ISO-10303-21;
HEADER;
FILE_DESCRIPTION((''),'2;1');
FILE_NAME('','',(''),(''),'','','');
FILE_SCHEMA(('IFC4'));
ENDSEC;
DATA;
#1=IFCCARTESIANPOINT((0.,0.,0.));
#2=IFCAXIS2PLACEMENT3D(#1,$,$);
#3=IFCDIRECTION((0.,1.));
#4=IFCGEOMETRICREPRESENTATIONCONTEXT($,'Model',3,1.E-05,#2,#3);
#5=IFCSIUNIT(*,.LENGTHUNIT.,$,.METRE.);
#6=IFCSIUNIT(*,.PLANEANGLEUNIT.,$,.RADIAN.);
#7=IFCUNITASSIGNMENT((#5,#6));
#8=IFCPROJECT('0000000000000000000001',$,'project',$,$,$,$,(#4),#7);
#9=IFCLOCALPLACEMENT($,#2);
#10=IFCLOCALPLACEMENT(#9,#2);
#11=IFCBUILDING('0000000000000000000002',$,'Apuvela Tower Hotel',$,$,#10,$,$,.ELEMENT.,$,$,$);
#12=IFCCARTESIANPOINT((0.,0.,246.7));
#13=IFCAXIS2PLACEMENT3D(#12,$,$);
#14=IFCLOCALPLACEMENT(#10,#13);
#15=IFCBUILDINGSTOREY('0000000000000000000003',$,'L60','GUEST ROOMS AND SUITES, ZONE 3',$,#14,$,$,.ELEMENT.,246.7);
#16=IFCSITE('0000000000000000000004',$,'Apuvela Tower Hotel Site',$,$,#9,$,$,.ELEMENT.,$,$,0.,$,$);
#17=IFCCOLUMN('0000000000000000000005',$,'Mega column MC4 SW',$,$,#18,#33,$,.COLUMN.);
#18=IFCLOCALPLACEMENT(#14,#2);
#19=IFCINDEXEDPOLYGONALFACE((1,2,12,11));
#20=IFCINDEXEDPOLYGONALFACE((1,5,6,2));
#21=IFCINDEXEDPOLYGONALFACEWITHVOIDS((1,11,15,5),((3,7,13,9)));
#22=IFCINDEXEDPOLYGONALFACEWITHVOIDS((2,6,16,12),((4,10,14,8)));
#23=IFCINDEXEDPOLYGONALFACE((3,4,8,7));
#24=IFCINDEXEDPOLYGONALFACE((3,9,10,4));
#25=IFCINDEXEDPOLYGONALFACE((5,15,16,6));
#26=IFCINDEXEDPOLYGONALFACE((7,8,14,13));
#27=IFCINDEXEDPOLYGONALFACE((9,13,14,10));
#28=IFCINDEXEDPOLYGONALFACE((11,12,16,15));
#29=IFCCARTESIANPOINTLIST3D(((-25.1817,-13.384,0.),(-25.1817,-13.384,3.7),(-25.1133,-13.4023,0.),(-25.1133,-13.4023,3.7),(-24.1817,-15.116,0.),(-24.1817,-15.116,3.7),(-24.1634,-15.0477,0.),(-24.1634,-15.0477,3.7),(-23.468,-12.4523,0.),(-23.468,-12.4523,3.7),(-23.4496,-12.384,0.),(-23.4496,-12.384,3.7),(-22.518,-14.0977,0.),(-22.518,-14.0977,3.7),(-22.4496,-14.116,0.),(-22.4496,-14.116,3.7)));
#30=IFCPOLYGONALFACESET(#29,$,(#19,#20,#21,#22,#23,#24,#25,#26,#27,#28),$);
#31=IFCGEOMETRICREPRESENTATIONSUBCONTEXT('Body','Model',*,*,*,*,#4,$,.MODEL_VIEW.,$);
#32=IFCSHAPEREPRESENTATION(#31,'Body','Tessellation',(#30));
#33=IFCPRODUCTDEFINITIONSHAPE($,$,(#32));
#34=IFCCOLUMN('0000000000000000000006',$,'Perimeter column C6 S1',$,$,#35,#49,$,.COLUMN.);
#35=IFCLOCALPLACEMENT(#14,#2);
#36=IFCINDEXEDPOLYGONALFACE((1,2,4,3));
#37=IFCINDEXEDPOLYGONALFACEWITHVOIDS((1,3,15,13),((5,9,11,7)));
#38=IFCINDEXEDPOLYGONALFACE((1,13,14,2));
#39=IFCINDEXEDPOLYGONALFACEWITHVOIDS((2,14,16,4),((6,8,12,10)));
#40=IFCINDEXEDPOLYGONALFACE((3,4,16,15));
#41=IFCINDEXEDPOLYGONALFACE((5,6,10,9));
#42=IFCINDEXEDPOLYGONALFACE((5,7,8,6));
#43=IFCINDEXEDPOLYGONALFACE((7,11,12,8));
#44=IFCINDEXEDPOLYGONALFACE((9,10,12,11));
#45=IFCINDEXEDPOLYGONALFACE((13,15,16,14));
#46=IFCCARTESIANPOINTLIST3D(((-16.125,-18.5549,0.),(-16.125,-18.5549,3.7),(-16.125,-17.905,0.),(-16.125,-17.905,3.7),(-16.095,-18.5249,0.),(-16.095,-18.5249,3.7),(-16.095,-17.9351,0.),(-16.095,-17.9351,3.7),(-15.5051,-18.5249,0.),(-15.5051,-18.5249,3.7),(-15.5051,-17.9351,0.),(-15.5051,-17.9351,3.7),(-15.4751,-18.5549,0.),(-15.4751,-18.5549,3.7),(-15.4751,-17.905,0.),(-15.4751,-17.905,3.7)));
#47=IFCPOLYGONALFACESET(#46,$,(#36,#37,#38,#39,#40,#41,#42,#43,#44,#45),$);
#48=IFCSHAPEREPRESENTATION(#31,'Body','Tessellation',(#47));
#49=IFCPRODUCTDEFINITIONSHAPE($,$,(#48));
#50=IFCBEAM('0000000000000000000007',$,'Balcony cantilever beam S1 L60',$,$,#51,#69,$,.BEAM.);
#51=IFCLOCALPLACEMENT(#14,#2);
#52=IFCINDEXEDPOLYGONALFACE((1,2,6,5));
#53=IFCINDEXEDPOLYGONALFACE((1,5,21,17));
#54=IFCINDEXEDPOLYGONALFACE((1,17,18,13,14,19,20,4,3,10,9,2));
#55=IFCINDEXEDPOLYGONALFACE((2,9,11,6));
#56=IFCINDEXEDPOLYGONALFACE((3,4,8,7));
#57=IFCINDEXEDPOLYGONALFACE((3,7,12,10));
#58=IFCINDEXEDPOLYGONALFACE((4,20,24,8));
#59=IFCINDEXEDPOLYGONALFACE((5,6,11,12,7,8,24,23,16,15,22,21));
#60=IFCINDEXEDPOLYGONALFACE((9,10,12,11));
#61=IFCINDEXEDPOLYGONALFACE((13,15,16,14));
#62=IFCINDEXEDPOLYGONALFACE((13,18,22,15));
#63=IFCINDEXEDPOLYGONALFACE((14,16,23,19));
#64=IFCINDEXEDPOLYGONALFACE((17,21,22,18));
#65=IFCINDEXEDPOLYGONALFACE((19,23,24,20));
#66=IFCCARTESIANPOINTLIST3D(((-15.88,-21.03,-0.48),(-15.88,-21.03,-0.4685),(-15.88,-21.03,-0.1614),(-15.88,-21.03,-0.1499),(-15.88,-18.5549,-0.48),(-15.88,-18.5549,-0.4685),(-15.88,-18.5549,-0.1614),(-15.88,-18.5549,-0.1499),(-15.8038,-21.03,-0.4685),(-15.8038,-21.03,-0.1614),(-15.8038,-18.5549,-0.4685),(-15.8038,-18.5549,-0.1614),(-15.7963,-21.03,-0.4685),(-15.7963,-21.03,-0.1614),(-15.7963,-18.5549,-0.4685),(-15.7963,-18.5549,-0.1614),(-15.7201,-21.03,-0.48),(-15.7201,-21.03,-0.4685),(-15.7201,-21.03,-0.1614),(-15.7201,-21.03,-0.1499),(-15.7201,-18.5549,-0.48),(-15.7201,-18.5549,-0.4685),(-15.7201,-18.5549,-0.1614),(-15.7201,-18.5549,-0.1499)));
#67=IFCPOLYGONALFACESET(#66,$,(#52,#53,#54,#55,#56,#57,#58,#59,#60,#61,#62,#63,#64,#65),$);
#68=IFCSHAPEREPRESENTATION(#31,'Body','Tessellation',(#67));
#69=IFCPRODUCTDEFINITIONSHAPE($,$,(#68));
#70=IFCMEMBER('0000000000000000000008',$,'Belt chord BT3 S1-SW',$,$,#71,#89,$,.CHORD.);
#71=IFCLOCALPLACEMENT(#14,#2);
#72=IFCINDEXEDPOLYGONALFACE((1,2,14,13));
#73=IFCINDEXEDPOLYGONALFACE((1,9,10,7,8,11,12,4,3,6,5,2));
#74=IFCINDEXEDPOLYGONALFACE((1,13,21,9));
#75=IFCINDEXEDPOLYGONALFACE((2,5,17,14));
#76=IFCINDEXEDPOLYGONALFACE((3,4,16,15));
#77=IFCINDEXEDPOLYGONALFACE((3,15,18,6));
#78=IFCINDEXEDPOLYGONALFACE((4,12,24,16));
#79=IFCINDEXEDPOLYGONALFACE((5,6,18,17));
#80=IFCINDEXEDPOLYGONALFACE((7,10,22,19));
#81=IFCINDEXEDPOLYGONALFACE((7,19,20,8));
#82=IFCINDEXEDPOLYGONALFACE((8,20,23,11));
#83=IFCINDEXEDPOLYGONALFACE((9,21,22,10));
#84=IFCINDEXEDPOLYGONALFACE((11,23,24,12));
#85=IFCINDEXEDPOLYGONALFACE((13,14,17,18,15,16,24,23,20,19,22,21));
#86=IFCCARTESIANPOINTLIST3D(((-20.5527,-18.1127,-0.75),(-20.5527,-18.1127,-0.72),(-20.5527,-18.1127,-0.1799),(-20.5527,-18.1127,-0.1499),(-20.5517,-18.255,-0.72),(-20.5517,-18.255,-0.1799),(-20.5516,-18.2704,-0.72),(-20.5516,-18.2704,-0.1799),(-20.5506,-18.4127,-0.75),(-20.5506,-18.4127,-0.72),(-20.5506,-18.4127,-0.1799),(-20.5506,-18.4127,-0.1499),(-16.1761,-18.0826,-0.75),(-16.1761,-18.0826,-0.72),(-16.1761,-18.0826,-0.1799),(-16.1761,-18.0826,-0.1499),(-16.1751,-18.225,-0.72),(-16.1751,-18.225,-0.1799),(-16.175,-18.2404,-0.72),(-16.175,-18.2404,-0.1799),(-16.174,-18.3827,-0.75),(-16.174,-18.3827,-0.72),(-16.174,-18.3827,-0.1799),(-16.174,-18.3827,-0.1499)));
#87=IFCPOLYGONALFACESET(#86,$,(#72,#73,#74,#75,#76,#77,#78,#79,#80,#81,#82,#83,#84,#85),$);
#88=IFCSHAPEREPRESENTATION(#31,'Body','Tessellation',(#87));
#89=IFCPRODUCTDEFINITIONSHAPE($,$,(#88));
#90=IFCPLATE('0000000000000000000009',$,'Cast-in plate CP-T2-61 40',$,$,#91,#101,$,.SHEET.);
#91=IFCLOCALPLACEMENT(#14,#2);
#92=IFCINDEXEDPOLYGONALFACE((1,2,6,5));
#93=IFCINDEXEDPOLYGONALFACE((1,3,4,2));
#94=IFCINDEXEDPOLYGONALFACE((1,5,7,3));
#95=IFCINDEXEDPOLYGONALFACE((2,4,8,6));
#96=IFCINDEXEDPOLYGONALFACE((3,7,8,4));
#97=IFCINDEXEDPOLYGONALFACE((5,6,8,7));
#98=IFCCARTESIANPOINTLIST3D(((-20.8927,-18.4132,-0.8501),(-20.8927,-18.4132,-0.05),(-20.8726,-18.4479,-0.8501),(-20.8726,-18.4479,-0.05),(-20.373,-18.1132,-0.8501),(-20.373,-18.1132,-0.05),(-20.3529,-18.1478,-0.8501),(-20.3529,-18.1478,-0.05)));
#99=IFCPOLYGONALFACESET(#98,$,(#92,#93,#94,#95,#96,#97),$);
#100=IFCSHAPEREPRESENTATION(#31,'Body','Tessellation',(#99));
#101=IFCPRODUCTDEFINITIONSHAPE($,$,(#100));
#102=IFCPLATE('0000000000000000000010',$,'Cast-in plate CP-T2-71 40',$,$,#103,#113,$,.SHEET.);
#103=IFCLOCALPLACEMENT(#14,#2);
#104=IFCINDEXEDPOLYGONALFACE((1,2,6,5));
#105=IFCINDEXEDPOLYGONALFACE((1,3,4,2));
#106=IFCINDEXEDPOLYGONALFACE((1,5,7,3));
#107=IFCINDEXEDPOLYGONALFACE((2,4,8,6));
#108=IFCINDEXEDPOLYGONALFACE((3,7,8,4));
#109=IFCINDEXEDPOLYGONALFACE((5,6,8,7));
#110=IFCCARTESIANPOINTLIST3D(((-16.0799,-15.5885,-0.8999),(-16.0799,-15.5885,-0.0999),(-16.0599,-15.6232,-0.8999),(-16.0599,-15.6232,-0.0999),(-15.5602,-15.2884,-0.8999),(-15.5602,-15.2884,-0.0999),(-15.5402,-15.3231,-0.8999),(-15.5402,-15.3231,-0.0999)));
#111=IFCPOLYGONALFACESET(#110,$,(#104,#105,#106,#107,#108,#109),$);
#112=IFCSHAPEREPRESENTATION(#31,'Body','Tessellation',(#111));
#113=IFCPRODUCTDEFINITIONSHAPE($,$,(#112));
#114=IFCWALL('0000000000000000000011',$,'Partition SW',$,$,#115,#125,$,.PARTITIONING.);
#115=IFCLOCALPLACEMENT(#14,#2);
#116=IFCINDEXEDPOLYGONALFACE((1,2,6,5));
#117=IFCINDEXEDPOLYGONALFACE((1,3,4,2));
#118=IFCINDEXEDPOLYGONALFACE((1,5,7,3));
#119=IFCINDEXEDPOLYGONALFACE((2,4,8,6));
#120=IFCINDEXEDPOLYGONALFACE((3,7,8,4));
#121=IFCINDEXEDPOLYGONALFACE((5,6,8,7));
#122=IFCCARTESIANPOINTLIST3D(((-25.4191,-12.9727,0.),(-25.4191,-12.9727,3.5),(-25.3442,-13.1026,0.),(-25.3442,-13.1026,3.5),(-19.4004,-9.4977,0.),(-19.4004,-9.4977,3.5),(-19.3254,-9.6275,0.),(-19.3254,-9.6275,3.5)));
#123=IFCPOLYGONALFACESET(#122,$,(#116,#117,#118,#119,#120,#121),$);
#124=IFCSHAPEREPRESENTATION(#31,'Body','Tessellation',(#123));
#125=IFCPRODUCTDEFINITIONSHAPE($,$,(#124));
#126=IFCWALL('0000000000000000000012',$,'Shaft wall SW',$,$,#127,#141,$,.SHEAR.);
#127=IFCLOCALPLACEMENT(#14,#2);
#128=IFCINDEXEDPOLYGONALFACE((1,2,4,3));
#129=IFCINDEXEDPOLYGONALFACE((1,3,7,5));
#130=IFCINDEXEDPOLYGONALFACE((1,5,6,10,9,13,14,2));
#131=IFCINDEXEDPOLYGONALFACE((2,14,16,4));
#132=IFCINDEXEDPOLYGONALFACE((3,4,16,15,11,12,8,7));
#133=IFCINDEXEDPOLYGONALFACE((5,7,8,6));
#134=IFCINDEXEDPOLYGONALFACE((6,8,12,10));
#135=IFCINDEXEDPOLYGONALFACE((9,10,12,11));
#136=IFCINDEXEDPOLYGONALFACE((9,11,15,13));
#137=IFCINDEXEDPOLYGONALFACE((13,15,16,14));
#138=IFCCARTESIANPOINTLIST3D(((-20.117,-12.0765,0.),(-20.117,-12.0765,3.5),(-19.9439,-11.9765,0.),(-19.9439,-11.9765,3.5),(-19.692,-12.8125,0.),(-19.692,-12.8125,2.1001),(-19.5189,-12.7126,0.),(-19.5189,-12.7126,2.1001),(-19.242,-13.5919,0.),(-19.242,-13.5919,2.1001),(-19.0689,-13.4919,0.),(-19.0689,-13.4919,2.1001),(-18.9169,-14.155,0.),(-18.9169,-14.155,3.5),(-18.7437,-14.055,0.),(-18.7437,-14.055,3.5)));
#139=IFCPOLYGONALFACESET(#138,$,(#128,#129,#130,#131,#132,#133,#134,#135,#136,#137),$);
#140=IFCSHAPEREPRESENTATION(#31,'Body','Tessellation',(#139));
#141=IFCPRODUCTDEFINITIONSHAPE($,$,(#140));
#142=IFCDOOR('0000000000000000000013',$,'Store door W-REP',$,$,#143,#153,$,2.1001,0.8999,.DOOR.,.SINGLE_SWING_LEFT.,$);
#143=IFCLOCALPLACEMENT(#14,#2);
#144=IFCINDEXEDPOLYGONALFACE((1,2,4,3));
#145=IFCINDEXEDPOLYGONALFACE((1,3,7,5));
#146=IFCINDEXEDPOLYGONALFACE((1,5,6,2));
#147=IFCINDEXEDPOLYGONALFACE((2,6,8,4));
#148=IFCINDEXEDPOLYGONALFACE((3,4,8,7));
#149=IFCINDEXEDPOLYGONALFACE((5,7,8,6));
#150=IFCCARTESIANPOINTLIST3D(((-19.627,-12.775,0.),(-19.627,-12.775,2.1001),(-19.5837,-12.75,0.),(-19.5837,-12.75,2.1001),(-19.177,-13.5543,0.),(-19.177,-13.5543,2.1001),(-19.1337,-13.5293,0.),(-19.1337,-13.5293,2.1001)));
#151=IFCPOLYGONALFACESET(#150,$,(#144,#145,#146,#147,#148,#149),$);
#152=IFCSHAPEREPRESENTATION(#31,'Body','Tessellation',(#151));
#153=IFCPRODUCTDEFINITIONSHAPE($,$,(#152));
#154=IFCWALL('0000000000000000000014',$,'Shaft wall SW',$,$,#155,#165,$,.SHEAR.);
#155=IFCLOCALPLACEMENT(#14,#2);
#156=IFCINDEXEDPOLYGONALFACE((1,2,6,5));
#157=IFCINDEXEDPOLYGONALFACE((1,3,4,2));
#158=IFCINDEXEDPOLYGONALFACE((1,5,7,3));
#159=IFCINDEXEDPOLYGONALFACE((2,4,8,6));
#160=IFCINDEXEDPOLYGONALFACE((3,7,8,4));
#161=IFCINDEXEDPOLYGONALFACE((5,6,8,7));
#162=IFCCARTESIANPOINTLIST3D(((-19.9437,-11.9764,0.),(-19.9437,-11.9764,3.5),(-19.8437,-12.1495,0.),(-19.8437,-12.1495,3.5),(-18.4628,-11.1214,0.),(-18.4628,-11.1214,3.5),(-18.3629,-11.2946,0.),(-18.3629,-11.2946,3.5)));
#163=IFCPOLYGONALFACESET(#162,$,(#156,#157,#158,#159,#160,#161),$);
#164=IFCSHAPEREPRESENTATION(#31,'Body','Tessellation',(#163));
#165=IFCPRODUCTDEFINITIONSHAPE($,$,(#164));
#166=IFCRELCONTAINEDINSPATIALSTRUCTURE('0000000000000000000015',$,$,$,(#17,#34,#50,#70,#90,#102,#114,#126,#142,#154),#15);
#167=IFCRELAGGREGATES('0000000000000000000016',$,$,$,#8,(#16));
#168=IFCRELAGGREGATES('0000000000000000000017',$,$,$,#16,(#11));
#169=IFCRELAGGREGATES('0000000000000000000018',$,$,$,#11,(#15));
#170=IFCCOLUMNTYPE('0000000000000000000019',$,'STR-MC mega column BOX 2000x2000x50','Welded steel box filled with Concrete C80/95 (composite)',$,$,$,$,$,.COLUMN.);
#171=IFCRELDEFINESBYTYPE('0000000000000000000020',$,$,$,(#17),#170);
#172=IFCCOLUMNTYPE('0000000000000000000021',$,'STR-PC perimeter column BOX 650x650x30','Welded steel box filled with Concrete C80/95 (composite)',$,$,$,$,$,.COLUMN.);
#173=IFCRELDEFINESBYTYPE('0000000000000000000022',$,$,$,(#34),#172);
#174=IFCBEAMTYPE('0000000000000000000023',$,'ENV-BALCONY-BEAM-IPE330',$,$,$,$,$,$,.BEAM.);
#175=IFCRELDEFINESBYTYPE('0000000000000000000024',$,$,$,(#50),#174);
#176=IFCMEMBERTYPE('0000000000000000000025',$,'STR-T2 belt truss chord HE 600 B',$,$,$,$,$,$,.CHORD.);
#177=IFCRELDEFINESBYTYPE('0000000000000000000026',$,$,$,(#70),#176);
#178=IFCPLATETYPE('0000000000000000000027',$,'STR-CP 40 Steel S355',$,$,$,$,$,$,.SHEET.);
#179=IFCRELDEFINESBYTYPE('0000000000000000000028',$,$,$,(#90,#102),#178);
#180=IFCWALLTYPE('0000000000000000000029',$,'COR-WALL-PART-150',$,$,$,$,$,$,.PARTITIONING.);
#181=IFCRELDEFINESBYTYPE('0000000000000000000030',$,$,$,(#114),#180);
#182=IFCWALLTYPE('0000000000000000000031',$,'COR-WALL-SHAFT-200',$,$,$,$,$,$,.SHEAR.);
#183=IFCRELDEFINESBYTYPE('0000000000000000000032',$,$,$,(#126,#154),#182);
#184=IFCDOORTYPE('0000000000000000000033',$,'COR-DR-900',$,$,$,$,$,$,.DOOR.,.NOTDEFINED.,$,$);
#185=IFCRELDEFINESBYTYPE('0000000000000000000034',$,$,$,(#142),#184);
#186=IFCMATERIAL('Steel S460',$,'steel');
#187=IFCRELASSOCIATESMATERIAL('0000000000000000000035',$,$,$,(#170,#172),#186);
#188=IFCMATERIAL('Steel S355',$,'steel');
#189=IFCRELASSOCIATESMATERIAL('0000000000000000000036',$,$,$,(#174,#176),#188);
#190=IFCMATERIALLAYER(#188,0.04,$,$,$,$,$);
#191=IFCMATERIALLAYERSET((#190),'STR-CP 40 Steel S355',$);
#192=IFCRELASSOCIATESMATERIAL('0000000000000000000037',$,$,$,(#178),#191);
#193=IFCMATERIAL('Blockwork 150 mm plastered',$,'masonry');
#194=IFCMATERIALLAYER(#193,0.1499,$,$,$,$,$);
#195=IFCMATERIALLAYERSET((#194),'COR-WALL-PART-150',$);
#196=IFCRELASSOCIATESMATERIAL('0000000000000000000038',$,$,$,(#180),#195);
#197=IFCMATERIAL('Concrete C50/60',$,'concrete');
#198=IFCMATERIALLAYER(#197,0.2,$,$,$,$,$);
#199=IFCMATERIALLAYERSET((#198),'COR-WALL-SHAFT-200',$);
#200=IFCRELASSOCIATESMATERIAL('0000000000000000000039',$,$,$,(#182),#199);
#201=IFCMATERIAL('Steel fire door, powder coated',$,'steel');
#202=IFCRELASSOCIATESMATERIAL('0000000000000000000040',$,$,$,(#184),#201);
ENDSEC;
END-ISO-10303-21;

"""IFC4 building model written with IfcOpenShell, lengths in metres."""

from ifc_helpers import new_model, si_unit, direction, frame, frame_2d, origin, origin_2d, place, context, subcontext, project, spatial, rectangle, hollow_rectangle, i_section, extrude, material, layer, layer_set, material_profile, profile_set, type_object, element, fill, save


model = new_model("IFC4")

# Units and contexts
model_context = context("Model", 3, precision=1e-05, world=origin(), true_north=direction((0.0, 1.0)))
body_context = subcontext(model_context, "Body", "Model", "MODEL_VIEW")
ifc_project = project(units=[si_unit("LENGTHUNIT", "METRE"), si_unit("PLANEANGLEUNIT", "RADIAN")], contexts=[model_context])

# Site, building, storey
site_placement = place(None, origin())
site = spatial("IfcSite", under=ifc_project, at=site_placement, Name="Apuvela Tower Hotel Site", CompositionType="ELEMENT", RefElevation=0.0)
building_placement = place(site_placement, origin())
building = spatial("IfcBuilding", under=site, at=building_placement, Name="Apuvela Tower Hotel", CompositionType="ELEMENT")
storey_placement = place(building_placement, frame((0.0, 0.0, 246.7)))
storey = spatial("IfcBuildingStorey", under=building, at=storey_placement, Name="L60", Description="GUEST ROOMS AND SUITES, ZONE 3", CompositionType="ELEMENT", Elevation=246.7)

# Columns
ifc_material_1 = material(Name="Steel S460", Category="steel")
ifc_material_profile_1 = material_profile(ifc_material_1, hollow_rectangle(XDim=2.0, YDim=2.0, WallThickness=0.05, at=origin_2d()), Name="BOX 2000x2000x50")
ifc_material_2 = material(Name="Concrete C80/95", Category="concrete")
ifc_material_profile_2 = material_profile(ifc_material_2, rectangle(XDim=1.8999, YDim=1.8999, at=origin_2d()), Name="Concrete C80/95 infill")
ifc_profile_set_1 = profile_set([ifc_material_profile_1, ifc_material_profile_2], Name="Steel S460")
column_type_1 = type_object("IfcColumnType", Name="STR-MC mega column BOX 2000x2000x50", Description="Welded steel box filled with Concrete C80/95 (composite)", PredefinedType="COLUMN", material=ifc_profile_set_1)
column_1_placement = place(storey_placement, frame((-23.8157, -13.75, 0.0), z_axis=(0.0, 0.0, 1.0), x_axis=(-0.5, 0.866025, 0.0)))
element("IfcColumn", 1, at=column_1_placement, inside=storey, type_object=column_type_1, Name="Mega column MC4 SW", PredefinedType="COLUMN", context=body_context, shape_type="SweptSolid", body=[
    extrude(hollow_rectangle(XDim=2.0, YDim=2.0, WallThickness=0.05, at=origin_2d()), origin(), (0.0, 0.0, 1.0), 3.7),
])
ifc_material_profile_3 = material_profile(ifc_material_1, hollow_rectangle(XDim=0.6499, YDim=0.6499, WallThickness=0.03, at=origin_2d()), Name="BOX 650x650x30")
ifc_material_profile_4 = material_profile(ifc_material_2, rectangle(XDim=0.5901, YDim=0.5901, at=origin_2d()), Name="Concrete C80/95 infill")
ifc_profile_set_2 = profile_set([ifc_material_profile_3, ifc_material_profile_4], Name="Steel S460")
column_type_2 = type_object("IfcColumnType", Name="STR-PC perimeter column BOX 650x650x30", Description="Welded steel box filled with Concrete C80/95 (composite)", PredefinedType="COLUMN", material=ifc_profile_set_2)
column_2_placement = place(storey_placement, frame((-15.8, -18.23, 0.0), z_axis=(0.0, 0.0, 1.0), x_axis=(-1.0, 0.0, 0.0)))
element("IfcColumn", 2, at=column_2_placement, inside=storey, type_object=column_type_2, Name="Perimeter column C6 S1", PredefinedType="COLUMN", context=body_context, shape_type="SweptSolid", body=[
    extrude(hollow_rectangle(XDim=0.6499, YDim=0.6499, WallThickness=0.03, at=origin_2d()), origin(), (0.0, 0.0, 1.0), 3.7),
])

# Beam
ifc_material_3 = material(Name="Steel S355", Category="steel")
ifc_material_profile_5 = material_profile(ifc_material_3, i_section(OverallWidth=0.1599, OverallDepth=0.3301, WebThickness=0.0076, FlangeThickness=0.0115, at=origin_2d()), Name="IPE 330")
ifc_profile_set_3 = profile_set([ifc_material_profile_5], Name="Steel S355")
beam_type = type_object("IfcBeamType", Name="ENV-BALCONY-BEAM-IPE330", PredefinedType="BEAM", material=ifc_profile_set_3)
beam_placement = place(storey_placement, frame((-15.8, -18.5549, -0.3149), z_axis=(0.0, -1.0, 0.0), x_axis=(1.0, 0.0, 0.0)))
element("IfcBeam", 3, at=beam_placement, inside=storey, type_object=beam_type, Name="Balcony cantilever beam S1 L60", PredefinedType="BEAM", context=body_context, shape_type="SweptSolid", body=[
    extrude(i_section(OverallWidth=0.1599, OverallDepth=0.3301, WebThickness=0.0076, FlangeThickness=0.0115, at=origin_2d()), origin(), (0.0, 0.0, 1.0), 2.4751),
])

# Member
ifc_material_profile_6 = material_profile(ifc_material_3, i_section(OverallWidth=0.3, OverallDepth=0.6001, WebThickness=0.0154, FlangeThickness=0.03, at=origin_2d()), Name="HE 600 B")
ifc_profile_set_4 = profile_set([ifc_material_profile_6], Name="Steel S355")
member_type = type_object("IfcMemberType", Name="STR-T2 belt truss chord HE 600 B", PredefinedType="CHORD", material=ifc_profile_set_4)
member_placement = place(storey_placement, frame((-16.175, -18.2327, -0.45), z_axis=(-0.999976, -0.006861, 0.0), x_axis=(0.006861, -0.999976, 0.0)))
element("IfcMember", 4, at=member_placement, inside=storey, type_object=member_type, Name="Belt chord BT3 S1-SW", PredefinedType="CHORD", context=body_context, shape_type="SweptSolid", body=[
    extrude(i_section(OverallWidth=0.3, OverallDepth=0.6001, WebThickness=0.0154, FlangeThickness=0.03, at=origin_2d()), origin(), (0.0, 0.0, 1.0), 4.3767),
])

# Plates
ifc_layer_1 = layer(ifc_material_3, 0.04)
ifc_layer_set_1 = layer_set([ifc_layer_1], Name="STR-CP 40 Steel S355")
plate_type = type_object("IfcPlateType", Name="STR-CP 40 Steel S355", PredefinedType="SHEET", material=ifc_layer_set_1)
for number, where, z_axis, x_axis, name in (
    (5, (-20.6228, -18.2805, -0.8501), (0.0, 0.0, 1.0), (0.5, -0.866025, 0.0), "Cast-in plate CP-T2-61 40"),
    (6, (-15.8101, -15.4558, -0.8999), (0.0, 0.0, 1.0), (-0.5, 0.866025, 0.0), "Cast-in plate CP-T2-71 40"),
):
    element("IfcPlate", number, at=place(storey_placement, frame(where, z_axis=z_axis, x_axis=x_axis)), inside=storey, type_object=plate_type, Name=name, PredefinedType="SHEET", context=body_context, shape_type="SweptSolid", body=[
        extrude(rectangle(XDim=0.04, YDim=0.6001, at=origin_2d()), origin(), (0.0, 0.0, 1.0), 0.8),
    ])

# Wall
ifc_material_4 = material(Name="Blockwork 150 mm plastered", Category="masonry")
ifc_layer_2 = layer(ifc_material_4, 0.1499)
ifc_layer_set_2 = layer_set([ifc_layer_2], Name="COR-WALL-PART-150")
wall_type_1 = type_object("IfcWallType", Name="COR-WALL-PART-150", PredefinedType="PARTITIONING", material=ifc_layer_set_2)
wall_1_placement = place(storey_placement, frame((-19.3628, -9.5625, 0.0), z_axis=(0.0, 0.0, 1.0), x_axis=(-0.866017, -0.500015, 0.0)))
element("IfcWall", 7, at=wall_1_placement, inside=storey, type_object=wall_type_1, Name="Partition SW", PredefinedType="PARTITIONING", context=body_context, shape_type="SweptSolid", body=[
    extrude(rectangle(XDim=6.95, YDim=0.1499, at=frame_2d((3.4751, 0.0))), origin(), (0.0, 0.0, 1.0), 3.5),
])

# Wall, opening, door
ifc_material_5 = material(Name="Concrete C50/60", Category="concrete")
ifc_layer_3 = layer(ifc_material_5, 0.2)
ifc_layer_set_3 = layer_set([ifc_layer_3], Name="COR-WALL-SHAFT-200")
wall_type_2 = type_object("IfcWallType", Name="COR-WALL-SHAFT-200", PredefinedType="SHEAR", material=ifc_layer_set_3)
wall_2_placement = place(storey_placement, frame((-20.0305, -12.0264, 0.0), z_axis=(0.0, 0.0, 1.0), x_axis=(0.500034, -0.866006, 0.0)))
wall_2 = element("IfcWall", 8, at=wall_2_placement, inside=storey, type_object=wall_type_2, Name="Shaft wall SW", PredefinedType="SHEAR", context=body_context, shape_type="SweptSolid", body=[
    extrude(rectangle(XDim=2.4001, YDim=0.2, at=frame_2d((1.2002, 0.0))), origin(), (0.0, 0.0, 1.0), 3.5),
])
opening_1_placement = place(wall_2_placement, frame((0.8501, 0.0, 0.0)))
opening_1 = element("IfcOpeningElement", 9, at=opening_1_placement, cuts=wall_2, PredefinedType="OPENING", context=body_context, shape_type="SweptSolid", body=[
    extrude(rectangle(XDim=0.8999, YDim=2.1001, at=frame_2d((0.45, 1.05))), frame((0.0, 0.1099, 0.0), z_axis=(0.0, -1.0, 0.0), x_axis=(1.0, 0.0, 0.0)), (0.0, 0.0, 1.0), 0.22),
])
ifc_material_6 = material(Name="Steel fire door, powder coated", Category="steel")
door_type_1 = type_object("IfcDoorType", Name="COR-DR-900", OperationType="NOTDEFINED", PredefinedType="DOOR", material=ifc_material_6)
door_1_placement = place(opening_1_placement, frame((0.8999, 0.0, 0.0), z_axis=(0.0, 0.0, 1.0), x_axis=(-1.0, 0.0, 0.0)))
door_1 = element("IfcDoor", 10, at=door_1_placement, inside=storey, type_object=door_type_1, Name="Store door W-REP", OperationType="SINGLE_SWING_LEFT", OverallHeight=2.1001, OverallWidth=0.8999, PredefinedType="DOOR", context=body_context, shape_type="SweptSolid", body=[
    extrude(rectangle(XDim=0.8999, YDim=2.1001, at=frame_2d((0.45, 1.05))), frame((0.0, 0.0249, 0.0), z_axis=(0.0, -1.0, 0.0), x_axis=(1.0, 0.0, 0.0)), (0.0, 0.0, 1.0), 0.05),
])
fill(opening_1, door_1)

# Wall
wall_3_placement = place(storey_placement, frame((-18.4128, -11.208, 0.0), z_axis=(0.0, 0.0, 1.0), x_axis=(-0.866038, -0.499978, 0.0)))
element("IfcWall", 11, at=wall_3_placement, inside=storey, type_object=wall_type_2, Name="Shaft wall SW", PredefinedType="SHEAR", context=body_context, shape_type="SweptSolid", body=[
    extrude(rectangle(XDim=1.71, YDim=0.2, at=frame_2d((0.855, 0.0))), origin(), (0.0, 0.0, 1.0), 3.5),
])

save(model, "model.ifc")
